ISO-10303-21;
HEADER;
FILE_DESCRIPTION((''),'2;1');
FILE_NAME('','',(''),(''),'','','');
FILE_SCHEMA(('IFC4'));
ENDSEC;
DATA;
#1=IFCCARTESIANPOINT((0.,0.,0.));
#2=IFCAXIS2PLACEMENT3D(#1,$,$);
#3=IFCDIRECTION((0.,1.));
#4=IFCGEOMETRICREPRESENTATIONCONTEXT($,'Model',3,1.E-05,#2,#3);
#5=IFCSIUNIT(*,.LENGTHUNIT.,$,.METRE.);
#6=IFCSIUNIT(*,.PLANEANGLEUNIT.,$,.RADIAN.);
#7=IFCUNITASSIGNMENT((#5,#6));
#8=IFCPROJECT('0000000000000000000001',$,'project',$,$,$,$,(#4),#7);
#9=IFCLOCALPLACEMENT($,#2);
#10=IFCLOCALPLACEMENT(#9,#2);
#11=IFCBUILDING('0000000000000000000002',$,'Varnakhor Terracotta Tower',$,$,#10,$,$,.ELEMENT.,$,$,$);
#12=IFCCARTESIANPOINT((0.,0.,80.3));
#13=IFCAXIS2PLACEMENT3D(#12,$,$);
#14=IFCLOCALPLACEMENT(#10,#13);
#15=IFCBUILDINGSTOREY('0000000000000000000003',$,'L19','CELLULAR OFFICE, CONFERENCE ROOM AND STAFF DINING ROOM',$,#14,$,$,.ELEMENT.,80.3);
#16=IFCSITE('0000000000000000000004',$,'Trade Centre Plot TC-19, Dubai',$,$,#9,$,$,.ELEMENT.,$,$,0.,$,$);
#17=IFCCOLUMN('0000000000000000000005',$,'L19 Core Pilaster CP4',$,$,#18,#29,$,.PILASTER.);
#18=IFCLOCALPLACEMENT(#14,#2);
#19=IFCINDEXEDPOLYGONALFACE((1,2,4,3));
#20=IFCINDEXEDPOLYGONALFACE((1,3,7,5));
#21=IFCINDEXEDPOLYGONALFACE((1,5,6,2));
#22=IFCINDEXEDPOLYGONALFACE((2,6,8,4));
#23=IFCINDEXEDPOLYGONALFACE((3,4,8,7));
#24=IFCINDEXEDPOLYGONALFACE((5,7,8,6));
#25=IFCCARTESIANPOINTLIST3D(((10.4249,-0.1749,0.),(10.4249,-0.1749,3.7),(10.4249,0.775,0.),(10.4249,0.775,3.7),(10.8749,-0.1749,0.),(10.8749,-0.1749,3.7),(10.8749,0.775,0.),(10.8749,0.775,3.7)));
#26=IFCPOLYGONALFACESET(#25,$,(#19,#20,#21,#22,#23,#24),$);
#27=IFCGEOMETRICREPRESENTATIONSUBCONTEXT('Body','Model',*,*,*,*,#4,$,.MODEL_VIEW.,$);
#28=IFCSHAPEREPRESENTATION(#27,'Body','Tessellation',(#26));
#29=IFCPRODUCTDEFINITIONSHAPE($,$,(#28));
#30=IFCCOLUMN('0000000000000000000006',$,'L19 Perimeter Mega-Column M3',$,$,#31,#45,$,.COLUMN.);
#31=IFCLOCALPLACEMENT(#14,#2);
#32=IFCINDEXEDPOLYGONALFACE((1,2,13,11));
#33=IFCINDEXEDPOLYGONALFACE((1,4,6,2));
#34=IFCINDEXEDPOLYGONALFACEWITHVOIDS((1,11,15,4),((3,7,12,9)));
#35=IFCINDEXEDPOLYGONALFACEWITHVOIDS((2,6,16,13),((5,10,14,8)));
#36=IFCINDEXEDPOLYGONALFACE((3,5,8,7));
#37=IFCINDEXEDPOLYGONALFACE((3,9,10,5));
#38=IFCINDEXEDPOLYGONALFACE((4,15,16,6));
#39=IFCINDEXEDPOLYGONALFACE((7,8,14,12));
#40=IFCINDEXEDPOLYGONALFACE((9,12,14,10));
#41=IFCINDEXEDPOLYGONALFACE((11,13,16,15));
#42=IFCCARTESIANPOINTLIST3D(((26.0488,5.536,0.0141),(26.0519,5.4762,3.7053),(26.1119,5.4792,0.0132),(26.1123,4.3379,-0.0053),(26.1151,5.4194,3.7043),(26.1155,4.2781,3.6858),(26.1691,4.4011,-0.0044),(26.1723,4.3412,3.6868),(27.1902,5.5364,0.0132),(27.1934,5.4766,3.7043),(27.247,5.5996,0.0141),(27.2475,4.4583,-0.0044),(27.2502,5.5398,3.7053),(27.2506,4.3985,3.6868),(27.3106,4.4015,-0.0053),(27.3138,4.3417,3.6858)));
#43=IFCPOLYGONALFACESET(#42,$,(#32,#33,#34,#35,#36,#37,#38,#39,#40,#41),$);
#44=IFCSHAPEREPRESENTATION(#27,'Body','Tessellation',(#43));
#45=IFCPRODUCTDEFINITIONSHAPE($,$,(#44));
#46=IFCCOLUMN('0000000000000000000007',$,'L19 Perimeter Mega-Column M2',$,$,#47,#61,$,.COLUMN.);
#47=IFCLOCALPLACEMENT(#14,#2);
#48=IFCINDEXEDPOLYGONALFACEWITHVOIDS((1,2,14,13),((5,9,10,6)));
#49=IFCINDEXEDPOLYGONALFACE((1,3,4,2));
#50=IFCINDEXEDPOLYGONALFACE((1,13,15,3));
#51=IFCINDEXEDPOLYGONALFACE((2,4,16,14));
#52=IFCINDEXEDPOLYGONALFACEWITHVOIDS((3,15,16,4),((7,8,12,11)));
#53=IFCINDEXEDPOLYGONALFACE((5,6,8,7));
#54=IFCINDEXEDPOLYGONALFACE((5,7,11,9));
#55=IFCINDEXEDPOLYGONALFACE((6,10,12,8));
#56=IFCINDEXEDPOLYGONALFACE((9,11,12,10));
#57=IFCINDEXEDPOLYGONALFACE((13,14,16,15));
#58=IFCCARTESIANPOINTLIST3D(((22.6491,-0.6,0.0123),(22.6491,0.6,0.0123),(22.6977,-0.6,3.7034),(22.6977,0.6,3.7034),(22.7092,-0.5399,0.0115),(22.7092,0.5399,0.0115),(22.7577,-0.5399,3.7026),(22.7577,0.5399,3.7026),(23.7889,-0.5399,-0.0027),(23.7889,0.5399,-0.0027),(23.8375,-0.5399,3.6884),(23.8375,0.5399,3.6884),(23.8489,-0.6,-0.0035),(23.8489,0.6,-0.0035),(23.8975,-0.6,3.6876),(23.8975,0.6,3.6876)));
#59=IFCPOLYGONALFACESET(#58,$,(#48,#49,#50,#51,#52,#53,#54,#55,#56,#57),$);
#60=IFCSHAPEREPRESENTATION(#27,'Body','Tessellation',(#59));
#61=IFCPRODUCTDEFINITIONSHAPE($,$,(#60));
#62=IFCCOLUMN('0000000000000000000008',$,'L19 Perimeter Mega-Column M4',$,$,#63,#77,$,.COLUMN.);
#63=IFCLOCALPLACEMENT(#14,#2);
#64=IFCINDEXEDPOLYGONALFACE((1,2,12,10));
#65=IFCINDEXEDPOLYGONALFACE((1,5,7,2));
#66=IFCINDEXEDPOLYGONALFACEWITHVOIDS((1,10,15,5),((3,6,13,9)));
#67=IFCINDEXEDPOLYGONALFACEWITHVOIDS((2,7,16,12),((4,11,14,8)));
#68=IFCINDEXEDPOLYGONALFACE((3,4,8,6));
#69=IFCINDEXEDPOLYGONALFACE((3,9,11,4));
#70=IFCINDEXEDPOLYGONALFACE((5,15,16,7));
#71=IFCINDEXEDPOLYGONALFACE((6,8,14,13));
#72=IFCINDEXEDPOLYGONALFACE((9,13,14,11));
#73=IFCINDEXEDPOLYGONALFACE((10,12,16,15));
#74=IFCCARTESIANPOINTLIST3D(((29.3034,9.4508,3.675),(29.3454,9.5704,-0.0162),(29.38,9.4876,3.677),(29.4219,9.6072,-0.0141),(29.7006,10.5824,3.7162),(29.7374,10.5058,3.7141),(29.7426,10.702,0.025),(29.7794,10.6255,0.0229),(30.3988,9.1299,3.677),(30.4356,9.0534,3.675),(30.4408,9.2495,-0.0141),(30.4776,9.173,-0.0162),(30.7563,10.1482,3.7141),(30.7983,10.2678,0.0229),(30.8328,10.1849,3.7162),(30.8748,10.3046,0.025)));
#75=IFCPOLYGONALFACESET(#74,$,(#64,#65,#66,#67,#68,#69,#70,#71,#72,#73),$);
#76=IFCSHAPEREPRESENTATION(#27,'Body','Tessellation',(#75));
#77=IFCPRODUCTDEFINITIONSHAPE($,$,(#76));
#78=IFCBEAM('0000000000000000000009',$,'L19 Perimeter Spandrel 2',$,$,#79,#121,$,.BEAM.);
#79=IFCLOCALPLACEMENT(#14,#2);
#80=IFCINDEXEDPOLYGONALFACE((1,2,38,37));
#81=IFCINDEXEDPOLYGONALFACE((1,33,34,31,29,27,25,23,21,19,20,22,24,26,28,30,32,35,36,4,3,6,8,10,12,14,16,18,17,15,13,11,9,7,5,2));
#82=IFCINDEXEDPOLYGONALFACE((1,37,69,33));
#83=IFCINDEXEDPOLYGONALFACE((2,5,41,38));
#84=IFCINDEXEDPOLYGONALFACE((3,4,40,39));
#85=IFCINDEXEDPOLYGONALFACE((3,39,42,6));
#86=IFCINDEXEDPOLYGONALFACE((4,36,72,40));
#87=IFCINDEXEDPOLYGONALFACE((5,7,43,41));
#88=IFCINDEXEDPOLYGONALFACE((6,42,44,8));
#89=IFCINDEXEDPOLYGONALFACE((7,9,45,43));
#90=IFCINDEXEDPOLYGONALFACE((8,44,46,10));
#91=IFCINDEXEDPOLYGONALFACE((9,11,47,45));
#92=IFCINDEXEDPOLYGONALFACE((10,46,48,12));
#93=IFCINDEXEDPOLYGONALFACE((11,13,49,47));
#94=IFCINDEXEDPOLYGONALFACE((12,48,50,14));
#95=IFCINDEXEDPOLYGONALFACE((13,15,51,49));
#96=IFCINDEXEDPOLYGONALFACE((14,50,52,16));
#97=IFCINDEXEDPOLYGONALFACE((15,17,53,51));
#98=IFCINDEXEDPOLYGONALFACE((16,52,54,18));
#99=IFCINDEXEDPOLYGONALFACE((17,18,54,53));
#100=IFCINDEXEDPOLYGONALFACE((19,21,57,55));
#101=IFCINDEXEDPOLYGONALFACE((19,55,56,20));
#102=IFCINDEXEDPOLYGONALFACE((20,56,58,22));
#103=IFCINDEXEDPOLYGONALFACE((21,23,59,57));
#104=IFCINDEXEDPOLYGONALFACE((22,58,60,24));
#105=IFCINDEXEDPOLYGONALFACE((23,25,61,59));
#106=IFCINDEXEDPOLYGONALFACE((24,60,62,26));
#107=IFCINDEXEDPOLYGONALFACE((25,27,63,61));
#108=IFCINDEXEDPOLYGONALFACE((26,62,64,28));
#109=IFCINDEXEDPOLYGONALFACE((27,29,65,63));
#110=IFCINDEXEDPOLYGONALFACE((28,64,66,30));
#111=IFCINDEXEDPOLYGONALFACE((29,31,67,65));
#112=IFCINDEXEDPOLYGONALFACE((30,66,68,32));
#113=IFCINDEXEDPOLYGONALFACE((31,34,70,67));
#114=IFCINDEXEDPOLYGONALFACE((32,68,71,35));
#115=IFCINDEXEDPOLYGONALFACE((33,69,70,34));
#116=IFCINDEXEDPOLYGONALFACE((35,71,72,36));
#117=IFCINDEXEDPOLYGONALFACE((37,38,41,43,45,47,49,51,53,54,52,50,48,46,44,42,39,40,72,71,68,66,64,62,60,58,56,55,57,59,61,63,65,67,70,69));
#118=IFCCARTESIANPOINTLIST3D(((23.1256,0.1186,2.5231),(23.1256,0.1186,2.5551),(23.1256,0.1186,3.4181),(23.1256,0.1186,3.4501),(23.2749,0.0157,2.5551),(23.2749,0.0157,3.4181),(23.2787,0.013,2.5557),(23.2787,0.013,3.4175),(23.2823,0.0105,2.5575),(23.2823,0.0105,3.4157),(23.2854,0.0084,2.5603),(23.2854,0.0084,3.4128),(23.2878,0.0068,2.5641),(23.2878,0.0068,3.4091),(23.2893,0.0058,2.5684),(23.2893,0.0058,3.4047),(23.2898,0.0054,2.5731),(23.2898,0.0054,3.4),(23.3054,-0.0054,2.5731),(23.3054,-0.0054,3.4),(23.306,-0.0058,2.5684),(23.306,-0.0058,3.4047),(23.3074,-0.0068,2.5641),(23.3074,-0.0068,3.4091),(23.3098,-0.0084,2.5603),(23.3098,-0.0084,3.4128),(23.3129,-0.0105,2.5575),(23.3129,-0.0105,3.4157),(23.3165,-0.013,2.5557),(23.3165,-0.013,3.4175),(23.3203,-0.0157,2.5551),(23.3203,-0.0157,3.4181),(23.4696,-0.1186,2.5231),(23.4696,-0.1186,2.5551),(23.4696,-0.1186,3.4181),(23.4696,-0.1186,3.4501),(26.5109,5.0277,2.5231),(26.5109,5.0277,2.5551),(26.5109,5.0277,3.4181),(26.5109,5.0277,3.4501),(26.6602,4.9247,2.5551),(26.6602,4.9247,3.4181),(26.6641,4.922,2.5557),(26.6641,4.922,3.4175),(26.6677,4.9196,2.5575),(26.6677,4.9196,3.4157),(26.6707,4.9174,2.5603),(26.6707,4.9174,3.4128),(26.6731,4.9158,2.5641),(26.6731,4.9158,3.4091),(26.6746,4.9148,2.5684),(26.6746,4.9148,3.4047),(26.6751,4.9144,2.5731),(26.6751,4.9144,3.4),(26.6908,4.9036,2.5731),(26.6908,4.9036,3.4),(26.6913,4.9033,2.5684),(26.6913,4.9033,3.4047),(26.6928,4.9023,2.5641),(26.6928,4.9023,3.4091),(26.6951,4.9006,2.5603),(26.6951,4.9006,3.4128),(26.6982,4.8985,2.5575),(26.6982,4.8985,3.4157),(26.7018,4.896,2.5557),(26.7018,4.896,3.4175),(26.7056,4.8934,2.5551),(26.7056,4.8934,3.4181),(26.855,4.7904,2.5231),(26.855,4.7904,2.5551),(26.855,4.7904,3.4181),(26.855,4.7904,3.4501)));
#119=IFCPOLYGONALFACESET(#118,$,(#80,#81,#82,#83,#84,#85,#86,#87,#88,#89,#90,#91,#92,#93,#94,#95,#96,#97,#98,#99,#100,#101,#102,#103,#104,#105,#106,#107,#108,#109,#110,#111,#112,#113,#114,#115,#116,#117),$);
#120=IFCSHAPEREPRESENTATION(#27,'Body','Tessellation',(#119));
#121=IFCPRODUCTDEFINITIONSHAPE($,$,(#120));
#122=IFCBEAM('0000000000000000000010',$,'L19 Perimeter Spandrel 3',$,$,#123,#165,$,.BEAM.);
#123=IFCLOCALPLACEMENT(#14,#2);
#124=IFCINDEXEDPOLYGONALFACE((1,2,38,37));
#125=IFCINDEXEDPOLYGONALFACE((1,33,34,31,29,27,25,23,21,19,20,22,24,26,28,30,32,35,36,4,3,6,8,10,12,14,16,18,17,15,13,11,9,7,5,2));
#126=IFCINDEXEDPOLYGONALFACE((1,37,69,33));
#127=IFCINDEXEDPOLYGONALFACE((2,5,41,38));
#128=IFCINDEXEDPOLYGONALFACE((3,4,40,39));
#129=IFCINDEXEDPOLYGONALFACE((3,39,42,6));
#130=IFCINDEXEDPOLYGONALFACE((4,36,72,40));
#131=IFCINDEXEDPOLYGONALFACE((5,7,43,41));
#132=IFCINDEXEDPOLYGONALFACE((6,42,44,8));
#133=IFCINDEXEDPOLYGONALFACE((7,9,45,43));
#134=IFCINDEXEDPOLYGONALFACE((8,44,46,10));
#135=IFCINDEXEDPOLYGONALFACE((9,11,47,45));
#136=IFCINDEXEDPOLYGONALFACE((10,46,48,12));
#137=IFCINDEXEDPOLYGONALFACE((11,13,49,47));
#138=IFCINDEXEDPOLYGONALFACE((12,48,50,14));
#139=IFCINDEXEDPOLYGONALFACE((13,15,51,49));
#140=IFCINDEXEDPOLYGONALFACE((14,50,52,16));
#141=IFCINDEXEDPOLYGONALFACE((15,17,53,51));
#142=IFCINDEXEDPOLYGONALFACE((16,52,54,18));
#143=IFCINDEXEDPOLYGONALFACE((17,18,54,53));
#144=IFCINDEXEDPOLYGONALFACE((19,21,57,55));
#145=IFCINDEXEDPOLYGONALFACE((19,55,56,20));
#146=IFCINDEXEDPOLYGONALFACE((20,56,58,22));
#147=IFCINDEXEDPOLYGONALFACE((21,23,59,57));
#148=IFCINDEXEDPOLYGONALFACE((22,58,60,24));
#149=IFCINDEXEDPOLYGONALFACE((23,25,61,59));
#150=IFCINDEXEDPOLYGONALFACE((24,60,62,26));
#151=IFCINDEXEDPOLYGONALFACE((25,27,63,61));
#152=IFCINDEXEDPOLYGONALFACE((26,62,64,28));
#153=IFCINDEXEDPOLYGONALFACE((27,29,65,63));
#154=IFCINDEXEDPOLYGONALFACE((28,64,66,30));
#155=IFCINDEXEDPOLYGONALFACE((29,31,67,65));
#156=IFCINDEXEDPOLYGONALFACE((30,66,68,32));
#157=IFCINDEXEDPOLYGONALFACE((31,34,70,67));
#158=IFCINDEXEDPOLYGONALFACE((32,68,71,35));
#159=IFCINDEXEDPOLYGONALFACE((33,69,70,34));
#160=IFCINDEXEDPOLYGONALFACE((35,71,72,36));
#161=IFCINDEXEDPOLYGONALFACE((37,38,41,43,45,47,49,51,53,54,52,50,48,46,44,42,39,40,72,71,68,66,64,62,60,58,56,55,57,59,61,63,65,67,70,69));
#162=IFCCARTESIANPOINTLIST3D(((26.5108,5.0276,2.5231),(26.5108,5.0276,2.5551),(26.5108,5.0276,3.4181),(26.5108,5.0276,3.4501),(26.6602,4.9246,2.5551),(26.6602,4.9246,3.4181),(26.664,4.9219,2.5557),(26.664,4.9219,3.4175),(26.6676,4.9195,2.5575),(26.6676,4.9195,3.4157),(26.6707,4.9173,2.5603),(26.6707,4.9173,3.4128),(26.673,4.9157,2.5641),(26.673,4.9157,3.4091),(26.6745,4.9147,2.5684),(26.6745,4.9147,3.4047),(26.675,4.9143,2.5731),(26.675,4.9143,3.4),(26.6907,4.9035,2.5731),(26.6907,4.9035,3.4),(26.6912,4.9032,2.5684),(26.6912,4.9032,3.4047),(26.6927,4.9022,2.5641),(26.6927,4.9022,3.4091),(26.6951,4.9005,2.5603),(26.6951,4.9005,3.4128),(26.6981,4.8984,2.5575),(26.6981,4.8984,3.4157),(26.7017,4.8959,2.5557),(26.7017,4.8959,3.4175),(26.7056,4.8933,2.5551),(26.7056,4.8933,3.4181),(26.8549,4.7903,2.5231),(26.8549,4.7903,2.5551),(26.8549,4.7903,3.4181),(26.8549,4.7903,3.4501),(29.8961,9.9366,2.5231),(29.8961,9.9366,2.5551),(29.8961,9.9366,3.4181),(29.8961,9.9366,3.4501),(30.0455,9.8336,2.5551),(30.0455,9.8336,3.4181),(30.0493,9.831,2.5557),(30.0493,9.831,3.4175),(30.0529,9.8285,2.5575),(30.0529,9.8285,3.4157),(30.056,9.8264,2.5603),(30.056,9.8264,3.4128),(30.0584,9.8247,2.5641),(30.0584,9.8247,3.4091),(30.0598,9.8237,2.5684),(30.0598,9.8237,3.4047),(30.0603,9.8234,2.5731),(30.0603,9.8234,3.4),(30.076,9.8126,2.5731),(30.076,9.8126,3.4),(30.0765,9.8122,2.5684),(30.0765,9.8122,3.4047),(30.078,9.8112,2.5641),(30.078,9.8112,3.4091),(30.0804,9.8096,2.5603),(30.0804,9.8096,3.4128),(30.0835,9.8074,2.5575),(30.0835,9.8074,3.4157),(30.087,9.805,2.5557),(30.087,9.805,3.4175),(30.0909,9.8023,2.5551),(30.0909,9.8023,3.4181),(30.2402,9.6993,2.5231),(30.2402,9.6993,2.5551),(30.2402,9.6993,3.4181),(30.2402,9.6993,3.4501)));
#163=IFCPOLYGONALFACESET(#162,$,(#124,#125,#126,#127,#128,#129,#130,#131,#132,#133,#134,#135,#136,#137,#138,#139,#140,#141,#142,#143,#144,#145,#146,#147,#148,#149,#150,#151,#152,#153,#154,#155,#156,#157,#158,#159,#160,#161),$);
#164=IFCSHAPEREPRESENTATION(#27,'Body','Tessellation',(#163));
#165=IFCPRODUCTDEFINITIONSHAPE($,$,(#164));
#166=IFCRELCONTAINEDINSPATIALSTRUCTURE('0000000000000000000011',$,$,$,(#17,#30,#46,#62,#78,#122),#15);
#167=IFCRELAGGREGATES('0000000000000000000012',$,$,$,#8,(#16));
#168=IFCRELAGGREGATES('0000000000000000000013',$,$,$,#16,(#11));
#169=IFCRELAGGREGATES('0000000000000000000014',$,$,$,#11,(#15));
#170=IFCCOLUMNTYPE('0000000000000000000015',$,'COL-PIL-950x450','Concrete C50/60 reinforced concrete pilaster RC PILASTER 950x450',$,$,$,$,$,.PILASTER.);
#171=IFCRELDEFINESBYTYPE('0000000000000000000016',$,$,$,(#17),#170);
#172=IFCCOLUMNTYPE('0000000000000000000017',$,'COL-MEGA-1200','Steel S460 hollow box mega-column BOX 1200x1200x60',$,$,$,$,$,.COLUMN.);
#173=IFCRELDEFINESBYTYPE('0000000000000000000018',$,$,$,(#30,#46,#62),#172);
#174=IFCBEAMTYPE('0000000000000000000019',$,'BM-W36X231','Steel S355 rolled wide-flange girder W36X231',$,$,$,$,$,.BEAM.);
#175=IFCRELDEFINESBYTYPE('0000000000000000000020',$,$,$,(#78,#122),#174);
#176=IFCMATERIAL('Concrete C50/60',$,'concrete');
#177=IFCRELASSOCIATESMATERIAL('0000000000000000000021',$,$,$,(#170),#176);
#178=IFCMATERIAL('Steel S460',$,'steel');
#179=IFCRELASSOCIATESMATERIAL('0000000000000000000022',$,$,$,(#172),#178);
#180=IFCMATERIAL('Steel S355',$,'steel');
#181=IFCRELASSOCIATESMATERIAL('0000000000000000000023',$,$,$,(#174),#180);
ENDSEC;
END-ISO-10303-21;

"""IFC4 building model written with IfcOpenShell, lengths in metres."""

from ifc_helpers import new_model, si_unit, direction, frame, origin, origin_2d, place, context, subcontext, project, spatial, rectangle, hollow_rectangle, i_section, extrude, source, transform, mapped, material, material_profile, profile_set, type_object, type_shapes, element, save


model = new_model("IFC4")

# Units and contexts
model_context = context("Model", 3, precision=1e-05, world=origin(), true_north=direction((0.0, 1.0)))
body_context = subcontext(model_context, "Body", "Model", "MODEL_VIEW")
ifc_project = project(units=[si_unit("LENGTHUNIT", "METRE"), si_unit("PLANEANGLEUNIT", "RADIAN")], contexts=[model_context])

# Site, building, storey
site_placement = place(None, origin())
site = spatial("IfcSite", under=ifc_project, at=site_placement, Name="Trade Centre Plot TC-19, Dubai", CompositionType="ELEMENT", RefElevation=0.0)
building_placement = place(site_placement, origin())
building = spatial("IfcBuilding", under=site, at=building_placement, Name="Varnakhor Terracotta Tower", CompositionType="ELEMENT")
storey_placement = place(building_placement, frame((0.0, 0.0, 80.3)))
storey = spatial("IfcBuildingStorey", under=building, at=storey_placement, Name="L19", Description="CELLULAR OFFICE, CONFERENCE ROOM AND STAFF DINING ROOM", CompositionType="ELEMENT", Elevation=80.3)

# Columns
ifc_material_1 = material(Name="Concrete C50/60", Category="concrete")
ifc_material_profile_1 = material_profile(ifc_material_1, rectangle(XDim=0.45, YDim=0.95, at=origin_2d()), Name="RC PILASTER 950x450")
ifc_profile_set_1 = profile_set([ifc_material_profile_1], Name="Concrete C50/60")
column_type_1 = type_object("IfcColumnType", Name="COL-PIL-950x450", Description="Concrete C50/60 reinforced concrete pilaster RC PILASTER 950x450", PredefinedType="PILASTER", material=ifc_profile_set_1)
shared_shape_1 = source(origin(), body_context, "Body", "SweptSolid", [
    extrude(rectangle(XDim=0.45, YDim=0.95, at=origin_2d()), origin(), (0.0, 0.0, 1.0), 3.7),
])
column_1_placement = place(storey_placement, frame((10.6499, 0.3, 0.0), z_axis=(0.0, 0.0, 1.0), x_axis=(1.0, 0.0, 0.0)))
element("IfcColumn", 1, at=column_1_placement, inside=storey, type_object=column_type_1, Name="L19 Core Pilaster CP4", PredefinedType="PILASTER", context=body_context, shape_type="MappedRepresentation", body=[
    mapped(shared_shape_1, transform((0.0, 0.0, 0.0), scale=1.0)),
])
ifc_material_2 = material(Name="Steel S460", Category="steel")
ifc_material_profile_2 = material_profile(ifc_material_2, hollow_rectangle(XDim=1.2, YDim=1.2, WallThickness=0.0601, at=origin_2d()), Name="BOX 1200x1200x60")
ifc_profile_set_2 = profile_set([ifc_material_profile_2], Name="Steel S460")
column_type_2 = type_object("IfcColumnType", Name="COL-MEGA-1200", Description="Steel S460 hollow box mega-column BOX 1200x1200x60", PredefinedType="COLUMN", material=ifc_profile_set_2)
shared_shape_2 = source(origin(), body_context, "Body", "SweptSolid", [
    extrude(hollow_rectangle(XDim=1.2, YDim=1.2, WallThickness=0.0601, at=origin_2d()), origin(), (0.0, 0.0, 1.0), 3.6917),
])
type_shapes(column_type_2, [shared_shape_2])
column_2_placement = place(storey_placement, frame((26.6797, 4.9688, 0.0044), z_axis=(0.00086, -0.016203, 0.999868), x_axis=(0.998595, 0.052987, 0.0)))
element("IfcColumn", 2, at=column_2_placement, inside=storey, type_object=column_type_2, Name="L19 Perimeter Mega-Column M3", PredefinedType="COLUMN", context=body_context, shape_type="MappedRepresentation", body=[
    mapped(shared_shape_2, transform((0.0, 0.0, 0.0), scale=1.0)),
])
shared_shape_3 = source(origin(), body_context, "Body", "SweptSolid", [
    extrude(hollow_rectangle(XDim=1.2, YDim=1.2, WallThickness=0.0601, at=origin_2d()), origin(), (0.0, 0.0, 1.0), 3.6914),
])
column_3_placement = place(storey_placement, frame((23.249, 0.0, 0.0044), z_axis=(0.013161, 0.0, 0.999913), x_axis=(0.0, 1.0, 0.0)))
element("IfcColumn", 3, at=column_3_placement, inside=storey, type_object=column_type_2, Name="L19 Perimeter Mega-Column M2", PredefinedType="COLUMN", context=body_context, shape_type="MappedRepresentation", body=[
    mapped(shared_shape_3, transform((0.0, 0.0, 0.0), scale=1.0)),
])
shared_shape_4 = source(origin(), body_context, "Body", "SweptSolid", [
    extrude(hollow_rectangle(XDim=1.2, YDim=1.2, WallThickness=0.0601, at=origin_2d()), origin(), (0.0, 0.0, 1.0), 3.6934),
])
column_4_placement = place(storey_placement, frame((30.1101, 9.9375, 0.0044), z_axis=(-0.01137, -0.03239, 0.999411), x_axis=(0.943558, -0.331208, 0.0)))
element("IfcColumn", 4, at=column_4_placement, inside=storey, type_object=column_type_2, Name="L19 Perimeter Mega-Column M4", PredefinedType="COLUMN", context=body_context, shape_type="MappedRepresentation", body=[
    mapped(shared_shape_4, transform((0.0, 0.0, 0.0), scale=1.0)),
])

# Beams
ifc_material_3 = material(Name="Steel S355", Category="steel")
ifc_material_profile_3 = material_profile(ifc_material_3, i_section(OverallWidth=0.418, OverallDepth=0.927, WebThickness=0.019, FlangeThickness=0.032, FilletRadius=0.0181, at=origin_2d()), Name="W36X231")
ifc_profile_set_3 = profile_set([ifc_material_profile_3], Name="Steel S355")
beam_type_1 = type_object("IfcBeamType", Name="BM-W36X231", Description="Steel S355 rolled wide-flange girder W36X231", PredefinedType="BEAM", material=ifc_profile_set_3)
shared_shape_5 = source(origin(), body_context, "Body", "SweptSolid", [
    extrude(i_section(OverallWidth=0.418, OverallDepth=0.927, WebThickness=0.019, FlangeThickness=0.032, FilletRadius=0.0181, at=origin_2d()), origin(), (0.0, 0.0, 1.0), 5.9631),
])
for number, where, z_axis, x_axis, name in (
    (5, (23.2976, 0.0, 2.9866), (0.567708, 0.82323, 0.0), (-0.82323, 0.567708, 0.0), "L19 Perimeter Spandrel 2"),
    (6, (26.6829, 4.9089, 2.9866), (0.567708, 0.82323, 0.0), (-0.82323, 0.567708, 0.0), "L19 Perimeter Spandrel 3"),
):
    element("IfcBeam", number, at=place(storey_placement, frame(where, z_axis=z_axis, x_axis=x_axis)), inside=storey, type_object=beam_type_1, Name=name, PredefinedType="BEAM", context=body_context, shape_type="MappedRepresentation", body=[
        mapped(shared_shape_5, transform((0.0, 0.0, 0.0), scale=1.0)),
    ])

save(model, "model.ifc")
